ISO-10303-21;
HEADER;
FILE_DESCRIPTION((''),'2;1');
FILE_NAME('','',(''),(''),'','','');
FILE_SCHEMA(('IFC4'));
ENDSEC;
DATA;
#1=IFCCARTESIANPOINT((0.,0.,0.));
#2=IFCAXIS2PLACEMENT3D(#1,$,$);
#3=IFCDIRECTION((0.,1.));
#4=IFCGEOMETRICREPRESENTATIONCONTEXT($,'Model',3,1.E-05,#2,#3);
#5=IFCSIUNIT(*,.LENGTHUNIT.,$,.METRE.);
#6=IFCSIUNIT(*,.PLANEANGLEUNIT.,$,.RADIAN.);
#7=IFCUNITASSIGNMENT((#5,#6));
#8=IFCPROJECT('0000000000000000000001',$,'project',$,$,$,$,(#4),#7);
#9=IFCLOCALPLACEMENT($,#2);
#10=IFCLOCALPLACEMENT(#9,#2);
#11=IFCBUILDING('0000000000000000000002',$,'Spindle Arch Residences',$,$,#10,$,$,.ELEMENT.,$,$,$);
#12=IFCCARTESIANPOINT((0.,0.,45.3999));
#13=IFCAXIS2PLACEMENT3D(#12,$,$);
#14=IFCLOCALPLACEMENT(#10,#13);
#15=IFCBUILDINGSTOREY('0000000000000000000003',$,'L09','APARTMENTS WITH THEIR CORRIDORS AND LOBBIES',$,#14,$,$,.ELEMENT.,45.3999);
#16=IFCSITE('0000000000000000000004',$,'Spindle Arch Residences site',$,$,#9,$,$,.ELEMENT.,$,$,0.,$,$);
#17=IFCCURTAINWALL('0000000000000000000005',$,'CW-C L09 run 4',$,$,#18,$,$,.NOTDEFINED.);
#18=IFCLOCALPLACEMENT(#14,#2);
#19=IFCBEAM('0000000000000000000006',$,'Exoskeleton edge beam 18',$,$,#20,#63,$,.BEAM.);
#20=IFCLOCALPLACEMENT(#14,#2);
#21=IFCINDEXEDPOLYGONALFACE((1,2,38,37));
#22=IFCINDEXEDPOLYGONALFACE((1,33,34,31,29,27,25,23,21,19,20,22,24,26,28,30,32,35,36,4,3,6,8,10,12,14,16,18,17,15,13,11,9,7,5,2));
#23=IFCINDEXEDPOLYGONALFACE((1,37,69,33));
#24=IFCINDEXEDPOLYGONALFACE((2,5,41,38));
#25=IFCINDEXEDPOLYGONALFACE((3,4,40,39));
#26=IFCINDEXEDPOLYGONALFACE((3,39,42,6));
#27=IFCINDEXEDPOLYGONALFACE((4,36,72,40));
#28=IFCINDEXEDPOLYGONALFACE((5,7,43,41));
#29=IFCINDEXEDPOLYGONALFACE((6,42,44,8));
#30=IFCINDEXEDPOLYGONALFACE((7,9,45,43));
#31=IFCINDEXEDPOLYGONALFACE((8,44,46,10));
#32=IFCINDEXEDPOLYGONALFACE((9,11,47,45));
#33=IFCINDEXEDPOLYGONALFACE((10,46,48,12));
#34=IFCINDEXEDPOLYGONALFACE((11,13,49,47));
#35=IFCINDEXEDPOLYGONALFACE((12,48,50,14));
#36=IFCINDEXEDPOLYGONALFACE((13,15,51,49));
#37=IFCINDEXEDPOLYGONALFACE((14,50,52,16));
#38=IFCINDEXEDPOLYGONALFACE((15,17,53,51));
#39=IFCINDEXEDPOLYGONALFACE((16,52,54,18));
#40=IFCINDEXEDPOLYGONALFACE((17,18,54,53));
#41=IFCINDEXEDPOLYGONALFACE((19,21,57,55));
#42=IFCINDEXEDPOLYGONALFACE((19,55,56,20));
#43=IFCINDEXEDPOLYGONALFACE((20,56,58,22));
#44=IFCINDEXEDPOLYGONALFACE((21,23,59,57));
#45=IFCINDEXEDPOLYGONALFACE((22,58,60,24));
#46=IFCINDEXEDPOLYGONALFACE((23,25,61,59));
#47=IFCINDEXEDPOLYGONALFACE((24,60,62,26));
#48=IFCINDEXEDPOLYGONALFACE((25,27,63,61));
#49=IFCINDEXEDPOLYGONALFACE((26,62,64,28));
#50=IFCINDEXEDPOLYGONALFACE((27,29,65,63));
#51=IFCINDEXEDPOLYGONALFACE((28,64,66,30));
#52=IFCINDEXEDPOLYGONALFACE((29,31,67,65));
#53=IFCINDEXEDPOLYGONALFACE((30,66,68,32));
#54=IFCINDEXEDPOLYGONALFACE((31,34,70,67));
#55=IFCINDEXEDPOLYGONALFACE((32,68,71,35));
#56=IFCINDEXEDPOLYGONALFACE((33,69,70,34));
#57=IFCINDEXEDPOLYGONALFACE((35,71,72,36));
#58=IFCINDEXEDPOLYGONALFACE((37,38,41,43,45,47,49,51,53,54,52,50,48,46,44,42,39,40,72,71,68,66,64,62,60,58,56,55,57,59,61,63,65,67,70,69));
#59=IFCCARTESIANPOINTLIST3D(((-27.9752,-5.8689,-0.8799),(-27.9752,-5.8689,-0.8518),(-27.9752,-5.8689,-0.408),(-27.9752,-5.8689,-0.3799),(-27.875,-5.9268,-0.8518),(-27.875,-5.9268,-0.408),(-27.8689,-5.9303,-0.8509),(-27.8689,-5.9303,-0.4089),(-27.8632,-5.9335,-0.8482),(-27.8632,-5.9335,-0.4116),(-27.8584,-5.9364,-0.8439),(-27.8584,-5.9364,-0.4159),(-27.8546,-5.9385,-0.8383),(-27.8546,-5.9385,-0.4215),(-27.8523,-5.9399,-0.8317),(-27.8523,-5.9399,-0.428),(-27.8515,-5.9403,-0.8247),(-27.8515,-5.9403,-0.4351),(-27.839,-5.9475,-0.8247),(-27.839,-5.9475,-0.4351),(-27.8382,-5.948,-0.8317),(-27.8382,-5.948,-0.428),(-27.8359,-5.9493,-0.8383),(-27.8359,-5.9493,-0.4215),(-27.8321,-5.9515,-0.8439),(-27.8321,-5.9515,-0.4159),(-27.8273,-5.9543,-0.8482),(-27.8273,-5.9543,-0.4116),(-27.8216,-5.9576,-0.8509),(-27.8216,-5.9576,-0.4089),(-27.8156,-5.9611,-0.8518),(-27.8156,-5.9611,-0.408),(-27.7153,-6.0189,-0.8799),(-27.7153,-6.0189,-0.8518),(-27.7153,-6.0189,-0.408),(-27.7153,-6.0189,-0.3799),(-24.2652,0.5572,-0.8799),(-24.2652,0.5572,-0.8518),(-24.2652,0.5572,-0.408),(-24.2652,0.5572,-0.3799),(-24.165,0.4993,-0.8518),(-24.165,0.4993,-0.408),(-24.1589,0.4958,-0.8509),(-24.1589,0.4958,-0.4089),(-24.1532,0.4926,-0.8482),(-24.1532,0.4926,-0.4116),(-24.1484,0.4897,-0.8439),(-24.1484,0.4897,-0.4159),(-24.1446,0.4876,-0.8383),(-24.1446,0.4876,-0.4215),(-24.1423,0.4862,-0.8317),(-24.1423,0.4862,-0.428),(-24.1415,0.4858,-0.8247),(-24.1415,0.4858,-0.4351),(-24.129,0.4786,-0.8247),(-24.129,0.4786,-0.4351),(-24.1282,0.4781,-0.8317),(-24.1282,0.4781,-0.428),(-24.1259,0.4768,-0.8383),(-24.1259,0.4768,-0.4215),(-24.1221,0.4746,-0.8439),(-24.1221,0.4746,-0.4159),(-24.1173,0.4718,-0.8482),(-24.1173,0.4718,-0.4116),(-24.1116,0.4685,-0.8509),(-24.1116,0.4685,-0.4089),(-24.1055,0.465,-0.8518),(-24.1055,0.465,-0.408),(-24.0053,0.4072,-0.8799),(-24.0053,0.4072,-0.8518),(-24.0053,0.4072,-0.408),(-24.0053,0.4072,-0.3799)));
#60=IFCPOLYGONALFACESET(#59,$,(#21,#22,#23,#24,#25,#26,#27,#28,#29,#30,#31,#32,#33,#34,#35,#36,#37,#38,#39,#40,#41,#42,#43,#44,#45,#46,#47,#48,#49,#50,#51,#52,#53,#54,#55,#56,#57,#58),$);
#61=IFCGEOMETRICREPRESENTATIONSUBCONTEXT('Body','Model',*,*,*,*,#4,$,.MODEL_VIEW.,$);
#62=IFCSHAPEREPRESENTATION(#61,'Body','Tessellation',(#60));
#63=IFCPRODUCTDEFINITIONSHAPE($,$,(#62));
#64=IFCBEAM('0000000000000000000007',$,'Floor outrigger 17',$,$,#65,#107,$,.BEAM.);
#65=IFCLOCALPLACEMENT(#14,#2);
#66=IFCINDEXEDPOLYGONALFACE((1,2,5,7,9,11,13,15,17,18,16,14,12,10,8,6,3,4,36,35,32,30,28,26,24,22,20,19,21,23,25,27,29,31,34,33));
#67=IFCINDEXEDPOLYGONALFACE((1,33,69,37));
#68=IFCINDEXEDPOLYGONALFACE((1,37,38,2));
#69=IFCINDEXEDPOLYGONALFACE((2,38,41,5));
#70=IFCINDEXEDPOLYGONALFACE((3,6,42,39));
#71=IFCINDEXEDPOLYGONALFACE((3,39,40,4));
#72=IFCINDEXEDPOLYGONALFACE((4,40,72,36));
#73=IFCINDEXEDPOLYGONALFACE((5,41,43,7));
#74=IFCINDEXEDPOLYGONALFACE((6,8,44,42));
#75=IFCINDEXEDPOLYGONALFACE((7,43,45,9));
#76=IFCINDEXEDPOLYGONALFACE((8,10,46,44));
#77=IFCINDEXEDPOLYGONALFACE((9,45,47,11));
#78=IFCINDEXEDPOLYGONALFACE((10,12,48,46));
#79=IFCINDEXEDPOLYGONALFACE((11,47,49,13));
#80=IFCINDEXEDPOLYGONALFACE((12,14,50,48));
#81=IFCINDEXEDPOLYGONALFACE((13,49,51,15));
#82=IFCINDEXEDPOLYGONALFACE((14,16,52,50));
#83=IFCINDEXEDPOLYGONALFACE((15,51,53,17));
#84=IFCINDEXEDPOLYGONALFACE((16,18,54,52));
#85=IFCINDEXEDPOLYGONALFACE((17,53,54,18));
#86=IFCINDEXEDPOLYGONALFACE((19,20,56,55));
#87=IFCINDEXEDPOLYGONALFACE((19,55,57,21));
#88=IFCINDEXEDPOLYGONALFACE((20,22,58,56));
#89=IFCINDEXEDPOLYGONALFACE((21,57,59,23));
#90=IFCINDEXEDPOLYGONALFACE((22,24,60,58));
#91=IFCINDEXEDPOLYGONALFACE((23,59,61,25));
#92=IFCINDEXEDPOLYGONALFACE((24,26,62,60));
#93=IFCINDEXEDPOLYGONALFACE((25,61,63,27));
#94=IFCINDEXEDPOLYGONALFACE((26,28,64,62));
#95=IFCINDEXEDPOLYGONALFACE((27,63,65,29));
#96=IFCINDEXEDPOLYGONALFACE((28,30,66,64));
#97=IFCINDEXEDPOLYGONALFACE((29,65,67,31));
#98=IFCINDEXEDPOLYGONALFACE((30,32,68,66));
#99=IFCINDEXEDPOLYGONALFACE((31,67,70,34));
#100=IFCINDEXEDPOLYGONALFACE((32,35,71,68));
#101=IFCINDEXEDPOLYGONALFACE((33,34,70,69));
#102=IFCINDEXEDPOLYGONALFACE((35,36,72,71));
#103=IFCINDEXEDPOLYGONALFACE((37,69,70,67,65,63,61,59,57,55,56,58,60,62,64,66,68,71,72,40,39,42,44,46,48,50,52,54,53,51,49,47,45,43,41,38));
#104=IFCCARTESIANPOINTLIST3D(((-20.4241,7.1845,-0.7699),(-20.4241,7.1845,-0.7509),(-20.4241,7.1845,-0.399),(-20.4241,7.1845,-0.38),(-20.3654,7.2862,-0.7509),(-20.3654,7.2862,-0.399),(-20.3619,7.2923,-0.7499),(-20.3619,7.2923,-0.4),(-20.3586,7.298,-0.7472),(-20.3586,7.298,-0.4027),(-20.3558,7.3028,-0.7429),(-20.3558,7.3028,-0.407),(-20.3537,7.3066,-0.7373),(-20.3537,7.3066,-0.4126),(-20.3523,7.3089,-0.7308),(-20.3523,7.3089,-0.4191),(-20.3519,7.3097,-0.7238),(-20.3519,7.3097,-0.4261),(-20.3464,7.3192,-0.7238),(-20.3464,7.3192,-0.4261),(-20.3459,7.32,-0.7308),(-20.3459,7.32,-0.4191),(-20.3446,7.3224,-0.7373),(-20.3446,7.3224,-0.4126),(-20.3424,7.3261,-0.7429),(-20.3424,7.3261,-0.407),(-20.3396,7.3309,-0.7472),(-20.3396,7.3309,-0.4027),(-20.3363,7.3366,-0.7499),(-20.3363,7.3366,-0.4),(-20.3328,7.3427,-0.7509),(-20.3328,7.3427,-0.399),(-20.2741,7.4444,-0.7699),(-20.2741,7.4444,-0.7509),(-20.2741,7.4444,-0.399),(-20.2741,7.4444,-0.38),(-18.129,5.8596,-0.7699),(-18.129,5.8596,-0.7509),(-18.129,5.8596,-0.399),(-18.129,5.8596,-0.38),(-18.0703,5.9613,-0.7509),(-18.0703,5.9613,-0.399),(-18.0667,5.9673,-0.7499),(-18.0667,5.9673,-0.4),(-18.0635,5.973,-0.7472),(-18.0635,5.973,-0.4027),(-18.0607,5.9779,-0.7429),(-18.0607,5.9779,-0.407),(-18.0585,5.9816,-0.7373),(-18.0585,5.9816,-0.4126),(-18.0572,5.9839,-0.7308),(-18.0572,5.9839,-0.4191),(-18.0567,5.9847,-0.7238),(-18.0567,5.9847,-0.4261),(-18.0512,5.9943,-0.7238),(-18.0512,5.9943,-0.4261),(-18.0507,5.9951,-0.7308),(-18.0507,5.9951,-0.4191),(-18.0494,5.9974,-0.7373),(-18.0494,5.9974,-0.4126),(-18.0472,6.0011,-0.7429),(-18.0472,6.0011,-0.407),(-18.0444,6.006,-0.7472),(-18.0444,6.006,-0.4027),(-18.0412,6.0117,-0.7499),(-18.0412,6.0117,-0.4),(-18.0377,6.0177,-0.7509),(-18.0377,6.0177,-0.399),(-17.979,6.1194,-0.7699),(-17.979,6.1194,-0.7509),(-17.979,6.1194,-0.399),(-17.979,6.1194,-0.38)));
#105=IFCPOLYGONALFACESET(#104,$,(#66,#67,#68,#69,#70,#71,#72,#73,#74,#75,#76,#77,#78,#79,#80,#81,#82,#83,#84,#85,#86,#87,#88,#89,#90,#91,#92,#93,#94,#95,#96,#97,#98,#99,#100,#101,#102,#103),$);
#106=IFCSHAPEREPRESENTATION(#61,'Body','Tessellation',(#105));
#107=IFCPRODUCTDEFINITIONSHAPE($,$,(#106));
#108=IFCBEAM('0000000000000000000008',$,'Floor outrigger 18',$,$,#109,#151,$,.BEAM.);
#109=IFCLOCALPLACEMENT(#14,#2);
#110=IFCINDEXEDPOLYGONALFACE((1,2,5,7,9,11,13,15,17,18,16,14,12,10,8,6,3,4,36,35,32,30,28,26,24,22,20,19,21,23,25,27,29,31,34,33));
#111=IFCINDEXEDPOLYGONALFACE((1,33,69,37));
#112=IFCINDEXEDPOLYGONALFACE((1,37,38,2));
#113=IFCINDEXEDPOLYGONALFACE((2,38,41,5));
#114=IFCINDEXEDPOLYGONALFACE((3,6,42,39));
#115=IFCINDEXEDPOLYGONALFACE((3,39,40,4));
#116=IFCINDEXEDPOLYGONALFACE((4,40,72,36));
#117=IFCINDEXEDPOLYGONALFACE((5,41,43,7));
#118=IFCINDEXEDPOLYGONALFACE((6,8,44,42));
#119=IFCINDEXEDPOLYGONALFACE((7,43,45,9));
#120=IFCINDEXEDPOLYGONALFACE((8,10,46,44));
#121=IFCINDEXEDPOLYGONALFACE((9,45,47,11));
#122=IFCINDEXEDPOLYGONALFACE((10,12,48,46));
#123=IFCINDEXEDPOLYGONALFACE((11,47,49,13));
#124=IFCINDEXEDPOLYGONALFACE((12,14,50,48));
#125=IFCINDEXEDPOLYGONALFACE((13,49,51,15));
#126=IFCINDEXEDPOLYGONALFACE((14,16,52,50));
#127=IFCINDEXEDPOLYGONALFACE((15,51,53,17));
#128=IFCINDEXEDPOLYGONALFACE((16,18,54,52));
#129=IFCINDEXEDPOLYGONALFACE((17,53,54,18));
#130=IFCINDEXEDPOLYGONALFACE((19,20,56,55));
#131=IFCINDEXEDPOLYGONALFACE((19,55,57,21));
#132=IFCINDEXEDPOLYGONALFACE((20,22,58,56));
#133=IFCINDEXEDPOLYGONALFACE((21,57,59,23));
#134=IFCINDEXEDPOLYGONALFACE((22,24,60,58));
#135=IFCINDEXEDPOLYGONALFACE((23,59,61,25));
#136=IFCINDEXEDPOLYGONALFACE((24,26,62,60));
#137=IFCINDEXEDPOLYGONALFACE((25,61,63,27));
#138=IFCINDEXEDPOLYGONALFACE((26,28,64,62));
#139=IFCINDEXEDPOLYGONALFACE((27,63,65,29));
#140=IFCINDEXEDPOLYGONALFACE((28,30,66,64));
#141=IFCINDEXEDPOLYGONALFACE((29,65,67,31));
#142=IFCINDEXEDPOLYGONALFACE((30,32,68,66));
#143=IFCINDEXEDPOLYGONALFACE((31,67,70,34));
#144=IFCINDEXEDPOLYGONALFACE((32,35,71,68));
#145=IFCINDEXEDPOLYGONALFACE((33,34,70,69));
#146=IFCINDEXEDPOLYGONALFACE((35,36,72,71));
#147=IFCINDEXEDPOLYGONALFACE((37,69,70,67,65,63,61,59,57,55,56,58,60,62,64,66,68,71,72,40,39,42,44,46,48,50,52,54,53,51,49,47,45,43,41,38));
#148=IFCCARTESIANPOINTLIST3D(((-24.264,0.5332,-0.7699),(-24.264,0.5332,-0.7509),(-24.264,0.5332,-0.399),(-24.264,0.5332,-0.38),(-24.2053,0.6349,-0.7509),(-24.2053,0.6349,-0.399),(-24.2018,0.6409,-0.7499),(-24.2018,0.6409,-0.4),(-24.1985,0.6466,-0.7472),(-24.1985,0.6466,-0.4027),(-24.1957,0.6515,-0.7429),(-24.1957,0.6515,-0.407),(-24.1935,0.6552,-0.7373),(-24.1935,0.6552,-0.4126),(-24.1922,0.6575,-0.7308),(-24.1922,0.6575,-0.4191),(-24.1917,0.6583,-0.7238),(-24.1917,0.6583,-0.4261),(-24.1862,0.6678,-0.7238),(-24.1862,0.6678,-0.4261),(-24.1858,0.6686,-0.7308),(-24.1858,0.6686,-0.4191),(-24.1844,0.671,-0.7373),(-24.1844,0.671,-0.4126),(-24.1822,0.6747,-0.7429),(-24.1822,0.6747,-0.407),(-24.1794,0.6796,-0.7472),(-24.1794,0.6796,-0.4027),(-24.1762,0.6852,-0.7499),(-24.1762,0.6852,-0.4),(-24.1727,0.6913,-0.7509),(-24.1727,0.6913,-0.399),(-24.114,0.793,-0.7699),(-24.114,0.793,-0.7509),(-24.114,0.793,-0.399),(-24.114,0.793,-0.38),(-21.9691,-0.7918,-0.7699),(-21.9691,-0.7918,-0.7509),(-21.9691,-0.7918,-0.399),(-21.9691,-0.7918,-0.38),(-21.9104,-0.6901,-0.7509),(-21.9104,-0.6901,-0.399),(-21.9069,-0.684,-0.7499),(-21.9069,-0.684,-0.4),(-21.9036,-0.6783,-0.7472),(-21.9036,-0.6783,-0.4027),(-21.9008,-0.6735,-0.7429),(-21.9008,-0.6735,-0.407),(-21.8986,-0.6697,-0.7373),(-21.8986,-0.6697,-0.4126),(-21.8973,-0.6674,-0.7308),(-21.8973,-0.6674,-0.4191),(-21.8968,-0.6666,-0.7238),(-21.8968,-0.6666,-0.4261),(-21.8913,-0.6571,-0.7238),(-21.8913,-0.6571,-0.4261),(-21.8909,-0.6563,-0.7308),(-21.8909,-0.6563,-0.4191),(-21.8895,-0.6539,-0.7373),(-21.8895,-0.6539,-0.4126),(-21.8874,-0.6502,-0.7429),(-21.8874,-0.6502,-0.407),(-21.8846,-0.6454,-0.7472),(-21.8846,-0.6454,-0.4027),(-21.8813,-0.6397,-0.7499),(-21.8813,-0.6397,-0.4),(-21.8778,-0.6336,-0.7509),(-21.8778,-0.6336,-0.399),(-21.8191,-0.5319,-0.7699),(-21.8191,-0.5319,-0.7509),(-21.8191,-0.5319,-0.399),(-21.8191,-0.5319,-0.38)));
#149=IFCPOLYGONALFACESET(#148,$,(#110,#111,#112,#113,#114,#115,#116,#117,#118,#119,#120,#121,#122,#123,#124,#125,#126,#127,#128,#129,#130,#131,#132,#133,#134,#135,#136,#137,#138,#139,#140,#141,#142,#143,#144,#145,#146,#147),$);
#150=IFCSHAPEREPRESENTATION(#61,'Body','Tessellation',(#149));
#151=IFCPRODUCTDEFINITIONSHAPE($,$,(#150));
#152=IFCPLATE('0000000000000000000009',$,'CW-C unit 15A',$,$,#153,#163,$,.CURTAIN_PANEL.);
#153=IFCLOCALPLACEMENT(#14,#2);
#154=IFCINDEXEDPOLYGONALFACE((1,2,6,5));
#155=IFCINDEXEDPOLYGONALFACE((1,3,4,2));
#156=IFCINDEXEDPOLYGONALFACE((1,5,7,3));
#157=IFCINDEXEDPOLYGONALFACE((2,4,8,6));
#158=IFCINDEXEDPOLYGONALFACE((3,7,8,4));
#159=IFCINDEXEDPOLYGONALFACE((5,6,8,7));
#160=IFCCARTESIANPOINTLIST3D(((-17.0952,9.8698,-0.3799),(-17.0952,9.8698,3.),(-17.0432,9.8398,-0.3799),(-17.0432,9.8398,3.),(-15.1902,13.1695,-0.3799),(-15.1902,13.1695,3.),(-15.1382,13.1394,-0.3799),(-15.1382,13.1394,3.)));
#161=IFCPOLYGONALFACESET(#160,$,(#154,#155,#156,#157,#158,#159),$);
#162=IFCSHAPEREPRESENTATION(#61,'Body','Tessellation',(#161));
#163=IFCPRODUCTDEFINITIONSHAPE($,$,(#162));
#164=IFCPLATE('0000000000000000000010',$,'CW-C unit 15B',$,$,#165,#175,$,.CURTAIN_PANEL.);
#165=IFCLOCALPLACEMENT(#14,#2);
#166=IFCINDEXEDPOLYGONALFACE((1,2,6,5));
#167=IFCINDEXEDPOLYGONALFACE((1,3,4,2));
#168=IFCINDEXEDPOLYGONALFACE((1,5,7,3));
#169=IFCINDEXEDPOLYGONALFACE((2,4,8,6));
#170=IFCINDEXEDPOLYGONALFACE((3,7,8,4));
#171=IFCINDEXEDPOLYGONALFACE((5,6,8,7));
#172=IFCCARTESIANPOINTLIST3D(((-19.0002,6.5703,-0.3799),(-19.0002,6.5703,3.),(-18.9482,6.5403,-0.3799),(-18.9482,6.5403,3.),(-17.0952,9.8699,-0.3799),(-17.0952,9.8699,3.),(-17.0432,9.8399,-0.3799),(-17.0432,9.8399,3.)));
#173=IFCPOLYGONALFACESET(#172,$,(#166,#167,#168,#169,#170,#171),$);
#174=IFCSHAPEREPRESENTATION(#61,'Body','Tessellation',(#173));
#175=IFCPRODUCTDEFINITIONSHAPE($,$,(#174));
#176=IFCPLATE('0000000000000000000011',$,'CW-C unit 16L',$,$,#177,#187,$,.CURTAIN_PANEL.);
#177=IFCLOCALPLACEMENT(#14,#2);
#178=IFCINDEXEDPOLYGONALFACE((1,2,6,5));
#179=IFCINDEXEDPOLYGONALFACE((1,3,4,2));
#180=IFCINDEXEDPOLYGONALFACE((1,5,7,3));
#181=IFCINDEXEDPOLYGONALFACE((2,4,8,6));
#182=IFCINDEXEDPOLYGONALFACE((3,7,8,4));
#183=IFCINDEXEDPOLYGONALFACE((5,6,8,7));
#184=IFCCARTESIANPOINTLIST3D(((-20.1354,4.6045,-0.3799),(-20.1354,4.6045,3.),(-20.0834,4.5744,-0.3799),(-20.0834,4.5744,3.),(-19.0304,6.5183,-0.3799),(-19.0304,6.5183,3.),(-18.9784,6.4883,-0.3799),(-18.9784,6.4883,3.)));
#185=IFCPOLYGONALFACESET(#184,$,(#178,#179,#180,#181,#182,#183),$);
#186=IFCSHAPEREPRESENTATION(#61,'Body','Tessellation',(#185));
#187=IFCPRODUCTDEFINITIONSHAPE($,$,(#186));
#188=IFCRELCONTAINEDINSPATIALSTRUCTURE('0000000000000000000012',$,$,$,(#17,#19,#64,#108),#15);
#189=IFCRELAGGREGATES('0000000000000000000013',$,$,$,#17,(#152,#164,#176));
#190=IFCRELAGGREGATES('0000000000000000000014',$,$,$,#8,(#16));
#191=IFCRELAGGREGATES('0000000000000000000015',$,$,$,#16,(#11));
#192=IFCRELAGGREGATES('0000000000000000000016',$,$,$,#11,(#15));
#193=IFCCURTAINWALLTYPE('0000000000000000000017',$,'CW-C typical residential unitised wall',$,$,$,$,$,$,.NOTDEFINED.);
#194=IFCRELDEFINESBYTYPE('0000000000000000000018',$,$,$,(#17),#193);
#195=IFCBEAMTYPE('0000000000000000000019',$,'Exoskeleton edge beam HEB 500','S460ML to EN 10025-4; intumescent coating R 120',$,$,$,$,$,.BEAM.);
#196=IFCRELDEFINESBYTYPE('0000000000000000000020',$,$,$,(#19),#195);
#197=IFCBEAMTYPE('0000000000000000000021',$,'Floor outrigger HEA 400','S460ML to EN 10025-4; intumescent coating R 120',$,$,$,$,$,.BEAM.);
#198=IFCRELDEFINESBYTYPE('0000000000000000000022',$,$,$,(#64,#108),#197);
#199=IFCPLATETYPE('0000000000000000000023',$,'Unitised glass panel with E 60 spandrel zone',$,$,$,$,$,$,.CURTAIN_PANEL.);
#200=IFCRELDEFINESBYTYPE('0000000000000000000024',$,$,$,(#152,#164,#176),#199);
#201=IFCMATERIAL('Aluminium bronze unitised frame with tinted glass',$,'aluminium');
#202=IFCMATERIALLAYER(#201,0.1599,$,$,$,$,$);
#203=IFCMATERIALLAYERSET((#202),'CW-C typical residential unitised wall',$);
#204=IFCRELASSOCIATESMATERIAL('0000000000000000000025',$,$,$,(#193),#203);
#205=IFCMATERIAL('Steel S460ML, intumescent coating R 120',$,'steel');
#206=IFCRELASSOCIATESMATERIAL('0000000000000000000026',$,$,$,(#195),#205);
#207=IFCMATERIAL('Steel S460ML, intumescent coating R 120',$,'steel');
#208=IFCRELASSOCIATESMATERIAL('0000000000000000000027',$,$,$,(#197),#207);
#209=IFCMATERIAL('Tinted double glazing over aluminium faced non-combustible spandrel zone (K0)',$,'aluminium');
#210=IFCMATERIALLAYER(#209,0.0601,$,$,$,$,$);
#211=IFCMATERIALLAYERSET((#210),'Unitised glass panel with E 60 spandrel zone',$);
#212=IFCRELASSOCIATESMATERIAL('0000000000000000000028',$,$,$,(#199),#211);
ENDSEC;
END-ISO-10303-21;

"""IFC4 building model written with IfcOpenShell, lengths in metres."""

from ifc_helpers import new_model, si_unit, direction, frame, origin, origin_2d, place, context, subcontext, project, spatial, rectangle, i_section, extrude, material, layer, layer_set, material_profile, profile_set, type_object, element, aggregate, save


model = new_model("IFC4")

# Units and contexts
model_context = context("Model", 3, precision=1e-05, world=origin(), true_north=direction((0.0, 1.0)))
body_context = subcontext(model_context, "Body", "Model", "MODEL_VIEW")
ifc_project = project(units=[si_unit("LENGTHUNIT", "METRE"), si_unit("PLANEANGLEUNIT", "RADIAN")], contexts=[model_context])

# Site, building, storey
site_placement = place(None, origin())
site = spatial("IfcSite", under=ifc_project, at=site_placement, Name="Spindle Arch Residences site", CompositionType="ELEMENT", RefElevation=0.0)
building_placement = place(site_placement, origin())
building = spatial("IfcBuilding", under=site, at=building_placement, Name="Spindle Arch Residences", CompositionType="ELEMENT")
storey_placement = place(building_placement, frame((0.0, 0.0, 45.3999)))
storey = spatial("IfcBuildingStorey", under=building, at=storey_placement, Name="L09", Description="APARTMENTS WITH THEIR CORRIDORS AND LOBBIES", CompositionType="ELEMENT", Elevation=45.3999)

# Curtain wall
ifc_material_1 = material(Name="Aluminium bronze unitised frame with tinted glass", Category="aluminium")
ifc_layer_1 = layer(ifc_material_1, 0.1599)
ifc_layer_set_1 = layer_set([ifc_layer_1], Name="CW-C typical residential unitised wall")
curtain_wall_type = type_object("IfcCurtainWallType", Name="CW-C typical residential unitised wall", PredefinedType="NOTDEFINED", material=ifc_layer_set_1)
curtain_wall_placement = place(storey_placement, origin())
curtain_wall = element("IfcCurtainWall", 1, at=curtain_wall_placement, inside=storey, type_object=curtain_wall_type, Name="CW-C L09 run 4", PredefinedType="NOTDEFINED")

# Beams
ifc_material_2 = material(Name="Steel S460ML, intumescent coating R 120", Category="steel")
ifc_material_profile_1 = material_profile(ifc_material_2, i_section(OverallWidth=0.3, OverallDepth=0.5, WebThickness=0.0144, FlangeThickness=0.0281, FilletRadius=0.0271, at=origin_2d()), Name="HEB 500")
ifc_profile_set_1 = profile_set([ifc_material_profile_1], Name="Steel S460ML, intumescent coating R 120")
beam_type_1 = type_object("IfcBeamType", Name="Exoskeleton edge beam HEB 500", Description="S460ML to EN 10025-4; intumescent coating R 120", PredefinedType="BEAM", material=ifc_profile_set_1)
for number, where, z_axis, x_axis, name in (
    (2, (-24.1353, 0.4822, -0.6299), (-0.499989, -0.866032, 0.0), (0.866032, -0.499989, 0.0), "Exoskeleton edge beam 18"),
):
    element("IfcBeam", number, at=place(storey_placement, frame(where, z_axis=z_axis, x_axis=x_axis)), inside=storey, type_object=beam_type_1, Name=name, PredefinedType="BEAM", context=body_context, shape_type="SweptSolid", body=[
        extrude(i_section(OverallWidth=0.3, OverallDepth=0.5, WebThickness=0.0144, FlangeThickness=0.0281, FilletRadius=0.0271, at=origin_2d()), origin(), (0.0, 0.0, 1.0), 7.4202),
    ])
ifc_material_3 = material(Name="Steel S460ML, intumescent coating R 120", Category="steel")
ifc_material_profile_2 = material_profile(ifc_material_3, i_section(OverallWidth=0.3, OverallDepth=0.3899, WebThickness=0.011, FlangeThickness=0.019, FilletRadius=0.0271, at=origin_2d()), Name="HEA 400")
ifc_profile_set_2 = profile_set([ifc_material_profile_2], Name="Steel S460ML, intumescent coating R 120")
beam_type_2 = type_object("IfcBeamType", Name="Floor outrigger HEA 400", Description="S460ML to EN 10025-4; intumescent coating R 120", PredefinedType="BEAM", material=ifc_profile_set_2)
beam_1_placement = place(storey_placement, frame((-20.3491, 7.3145, -0.575), z_axis=(0.866052, -0.499954, 0.0), x_axis=(0.499954, 0.866052, 0.0)))
element("IfcBeam", 3, at=beam_1_placement, inside=storey, type_object=beam_type_2, Name="Floor outrigger 17", PredefinedType="BEAM", context=body_context, shape_type="SweptSolid", body=[
    extrude(i_section(OverallWidth=0.3, OverallDepth=0.3899, WebThickness=0.011, FlangeThickness=0.019, FilletRadius=0.0271, at=origin_2d()), origin(), (0.0, 0.0, 1.0), 2.6501),
])
beam_2_placement = place(storey_placement, frame((-24.189, 0.6631, -0.575), z_axis=(0.866029, -0.499994, 0.0), x_axis=(0.499994, 0.866029, 0.0)))
element("IfcBeam", 4, at=beam_2_placement, inside=storey, type_object=beam_type_2, Name="Floor outrigger 18", PredefinedType="BEAM", context=body_context, shape_type="SweptSolid", body=[
    extrude(i_section(OverallWidth=0.3, OverallDepth=0.3899, WebThickness=0.011, FlangeThickness=0.019, FilletRadius=0.0271, at=origin_2d()), origin(), (0.0, 0.0, 1.0), 2.6499),
])

# Plates
ifc_material_4 = material(Name="Tinted double glazing over aluminium faced non-combustible spandrel zone (K0)", Category="aluminium")
ifc_layer_2 = layer(ifc_material_4, 0.0601)
ifc_layer_set_2 = layer_set([ifc_layer_2], Name="Unitised glass panel with E 60 spandrel zone")
plate_type = type_object("IfcPlateType", Name="Unitised glass panel with E 60 spandrel zone", PredefinedType="CURTAIN_PANEL", material=ifc_layer_set_2)
plate_1_placement = place(storey_placement, frame((-16.1167, 11.5046, -0.3799), z_axis=(0.0, 0.0, 1.0), x_axis=(-0.5, -0.866025, 0.0)))
plate_1 = element("IfcPlate", 5, at=plate_1_placement, type_object=plate_type, Name="CW-C unit 15A", PredefinedType="CURTAIN_PANEL", context=body_context, shape_type="SweptSolid", body=[
    extrude(rectangle(XDim=3.8101, YDim=0.0601, at=origin_2d()), origin(), (0.0, 0.0, 1.0), 3.3799),
])
plate_2_placement = place(storey_placement, frame((-18.0217, 8.2051, -0.3799), z_axis=(0.0, 0.0, 1.0), x_axis=(-0.5, -0.866025, 0.0)))
plate_2 = element("IfcPlate", 6, at=plate_2_placement, type_object=plate_type, Name="CW-C unit 15B", PredefinedType="CURTAIN_PANEL", context=body_context, shape_type="SweptSolid", body=[
    extrude(rectangle(XDim=3.8101, YDim=0.0601, at=origin_2d()), origin(), (0.0, 0.0, 1.0), 3.3799),
])
plate_3_placement = place(storey_placement, frame((-19.5569, 5.5464, -0.3799), z_axis=(0.0, 0.0, 1.0), x_axis=(-0.5, -0.866025, 0.0)))
plate_3 = element("IfcPlate", 7, at=plate_3_placement, type_object=plate_type, Name="CW-C unit 16L", PredefinedType="CURTAIN_PANEL", context=body_context, shape_type="SweptSolid", body=[
    extrude(rectangle(XDim=2.21, YDim=0.0601, at=origin_2d()), origin(), (0.0, 0.0, 1.0), 3.3799),
])
aggregate(curtain_wall, [plate_1, plate_2, plate_3])

save(model, "model.ifc")
